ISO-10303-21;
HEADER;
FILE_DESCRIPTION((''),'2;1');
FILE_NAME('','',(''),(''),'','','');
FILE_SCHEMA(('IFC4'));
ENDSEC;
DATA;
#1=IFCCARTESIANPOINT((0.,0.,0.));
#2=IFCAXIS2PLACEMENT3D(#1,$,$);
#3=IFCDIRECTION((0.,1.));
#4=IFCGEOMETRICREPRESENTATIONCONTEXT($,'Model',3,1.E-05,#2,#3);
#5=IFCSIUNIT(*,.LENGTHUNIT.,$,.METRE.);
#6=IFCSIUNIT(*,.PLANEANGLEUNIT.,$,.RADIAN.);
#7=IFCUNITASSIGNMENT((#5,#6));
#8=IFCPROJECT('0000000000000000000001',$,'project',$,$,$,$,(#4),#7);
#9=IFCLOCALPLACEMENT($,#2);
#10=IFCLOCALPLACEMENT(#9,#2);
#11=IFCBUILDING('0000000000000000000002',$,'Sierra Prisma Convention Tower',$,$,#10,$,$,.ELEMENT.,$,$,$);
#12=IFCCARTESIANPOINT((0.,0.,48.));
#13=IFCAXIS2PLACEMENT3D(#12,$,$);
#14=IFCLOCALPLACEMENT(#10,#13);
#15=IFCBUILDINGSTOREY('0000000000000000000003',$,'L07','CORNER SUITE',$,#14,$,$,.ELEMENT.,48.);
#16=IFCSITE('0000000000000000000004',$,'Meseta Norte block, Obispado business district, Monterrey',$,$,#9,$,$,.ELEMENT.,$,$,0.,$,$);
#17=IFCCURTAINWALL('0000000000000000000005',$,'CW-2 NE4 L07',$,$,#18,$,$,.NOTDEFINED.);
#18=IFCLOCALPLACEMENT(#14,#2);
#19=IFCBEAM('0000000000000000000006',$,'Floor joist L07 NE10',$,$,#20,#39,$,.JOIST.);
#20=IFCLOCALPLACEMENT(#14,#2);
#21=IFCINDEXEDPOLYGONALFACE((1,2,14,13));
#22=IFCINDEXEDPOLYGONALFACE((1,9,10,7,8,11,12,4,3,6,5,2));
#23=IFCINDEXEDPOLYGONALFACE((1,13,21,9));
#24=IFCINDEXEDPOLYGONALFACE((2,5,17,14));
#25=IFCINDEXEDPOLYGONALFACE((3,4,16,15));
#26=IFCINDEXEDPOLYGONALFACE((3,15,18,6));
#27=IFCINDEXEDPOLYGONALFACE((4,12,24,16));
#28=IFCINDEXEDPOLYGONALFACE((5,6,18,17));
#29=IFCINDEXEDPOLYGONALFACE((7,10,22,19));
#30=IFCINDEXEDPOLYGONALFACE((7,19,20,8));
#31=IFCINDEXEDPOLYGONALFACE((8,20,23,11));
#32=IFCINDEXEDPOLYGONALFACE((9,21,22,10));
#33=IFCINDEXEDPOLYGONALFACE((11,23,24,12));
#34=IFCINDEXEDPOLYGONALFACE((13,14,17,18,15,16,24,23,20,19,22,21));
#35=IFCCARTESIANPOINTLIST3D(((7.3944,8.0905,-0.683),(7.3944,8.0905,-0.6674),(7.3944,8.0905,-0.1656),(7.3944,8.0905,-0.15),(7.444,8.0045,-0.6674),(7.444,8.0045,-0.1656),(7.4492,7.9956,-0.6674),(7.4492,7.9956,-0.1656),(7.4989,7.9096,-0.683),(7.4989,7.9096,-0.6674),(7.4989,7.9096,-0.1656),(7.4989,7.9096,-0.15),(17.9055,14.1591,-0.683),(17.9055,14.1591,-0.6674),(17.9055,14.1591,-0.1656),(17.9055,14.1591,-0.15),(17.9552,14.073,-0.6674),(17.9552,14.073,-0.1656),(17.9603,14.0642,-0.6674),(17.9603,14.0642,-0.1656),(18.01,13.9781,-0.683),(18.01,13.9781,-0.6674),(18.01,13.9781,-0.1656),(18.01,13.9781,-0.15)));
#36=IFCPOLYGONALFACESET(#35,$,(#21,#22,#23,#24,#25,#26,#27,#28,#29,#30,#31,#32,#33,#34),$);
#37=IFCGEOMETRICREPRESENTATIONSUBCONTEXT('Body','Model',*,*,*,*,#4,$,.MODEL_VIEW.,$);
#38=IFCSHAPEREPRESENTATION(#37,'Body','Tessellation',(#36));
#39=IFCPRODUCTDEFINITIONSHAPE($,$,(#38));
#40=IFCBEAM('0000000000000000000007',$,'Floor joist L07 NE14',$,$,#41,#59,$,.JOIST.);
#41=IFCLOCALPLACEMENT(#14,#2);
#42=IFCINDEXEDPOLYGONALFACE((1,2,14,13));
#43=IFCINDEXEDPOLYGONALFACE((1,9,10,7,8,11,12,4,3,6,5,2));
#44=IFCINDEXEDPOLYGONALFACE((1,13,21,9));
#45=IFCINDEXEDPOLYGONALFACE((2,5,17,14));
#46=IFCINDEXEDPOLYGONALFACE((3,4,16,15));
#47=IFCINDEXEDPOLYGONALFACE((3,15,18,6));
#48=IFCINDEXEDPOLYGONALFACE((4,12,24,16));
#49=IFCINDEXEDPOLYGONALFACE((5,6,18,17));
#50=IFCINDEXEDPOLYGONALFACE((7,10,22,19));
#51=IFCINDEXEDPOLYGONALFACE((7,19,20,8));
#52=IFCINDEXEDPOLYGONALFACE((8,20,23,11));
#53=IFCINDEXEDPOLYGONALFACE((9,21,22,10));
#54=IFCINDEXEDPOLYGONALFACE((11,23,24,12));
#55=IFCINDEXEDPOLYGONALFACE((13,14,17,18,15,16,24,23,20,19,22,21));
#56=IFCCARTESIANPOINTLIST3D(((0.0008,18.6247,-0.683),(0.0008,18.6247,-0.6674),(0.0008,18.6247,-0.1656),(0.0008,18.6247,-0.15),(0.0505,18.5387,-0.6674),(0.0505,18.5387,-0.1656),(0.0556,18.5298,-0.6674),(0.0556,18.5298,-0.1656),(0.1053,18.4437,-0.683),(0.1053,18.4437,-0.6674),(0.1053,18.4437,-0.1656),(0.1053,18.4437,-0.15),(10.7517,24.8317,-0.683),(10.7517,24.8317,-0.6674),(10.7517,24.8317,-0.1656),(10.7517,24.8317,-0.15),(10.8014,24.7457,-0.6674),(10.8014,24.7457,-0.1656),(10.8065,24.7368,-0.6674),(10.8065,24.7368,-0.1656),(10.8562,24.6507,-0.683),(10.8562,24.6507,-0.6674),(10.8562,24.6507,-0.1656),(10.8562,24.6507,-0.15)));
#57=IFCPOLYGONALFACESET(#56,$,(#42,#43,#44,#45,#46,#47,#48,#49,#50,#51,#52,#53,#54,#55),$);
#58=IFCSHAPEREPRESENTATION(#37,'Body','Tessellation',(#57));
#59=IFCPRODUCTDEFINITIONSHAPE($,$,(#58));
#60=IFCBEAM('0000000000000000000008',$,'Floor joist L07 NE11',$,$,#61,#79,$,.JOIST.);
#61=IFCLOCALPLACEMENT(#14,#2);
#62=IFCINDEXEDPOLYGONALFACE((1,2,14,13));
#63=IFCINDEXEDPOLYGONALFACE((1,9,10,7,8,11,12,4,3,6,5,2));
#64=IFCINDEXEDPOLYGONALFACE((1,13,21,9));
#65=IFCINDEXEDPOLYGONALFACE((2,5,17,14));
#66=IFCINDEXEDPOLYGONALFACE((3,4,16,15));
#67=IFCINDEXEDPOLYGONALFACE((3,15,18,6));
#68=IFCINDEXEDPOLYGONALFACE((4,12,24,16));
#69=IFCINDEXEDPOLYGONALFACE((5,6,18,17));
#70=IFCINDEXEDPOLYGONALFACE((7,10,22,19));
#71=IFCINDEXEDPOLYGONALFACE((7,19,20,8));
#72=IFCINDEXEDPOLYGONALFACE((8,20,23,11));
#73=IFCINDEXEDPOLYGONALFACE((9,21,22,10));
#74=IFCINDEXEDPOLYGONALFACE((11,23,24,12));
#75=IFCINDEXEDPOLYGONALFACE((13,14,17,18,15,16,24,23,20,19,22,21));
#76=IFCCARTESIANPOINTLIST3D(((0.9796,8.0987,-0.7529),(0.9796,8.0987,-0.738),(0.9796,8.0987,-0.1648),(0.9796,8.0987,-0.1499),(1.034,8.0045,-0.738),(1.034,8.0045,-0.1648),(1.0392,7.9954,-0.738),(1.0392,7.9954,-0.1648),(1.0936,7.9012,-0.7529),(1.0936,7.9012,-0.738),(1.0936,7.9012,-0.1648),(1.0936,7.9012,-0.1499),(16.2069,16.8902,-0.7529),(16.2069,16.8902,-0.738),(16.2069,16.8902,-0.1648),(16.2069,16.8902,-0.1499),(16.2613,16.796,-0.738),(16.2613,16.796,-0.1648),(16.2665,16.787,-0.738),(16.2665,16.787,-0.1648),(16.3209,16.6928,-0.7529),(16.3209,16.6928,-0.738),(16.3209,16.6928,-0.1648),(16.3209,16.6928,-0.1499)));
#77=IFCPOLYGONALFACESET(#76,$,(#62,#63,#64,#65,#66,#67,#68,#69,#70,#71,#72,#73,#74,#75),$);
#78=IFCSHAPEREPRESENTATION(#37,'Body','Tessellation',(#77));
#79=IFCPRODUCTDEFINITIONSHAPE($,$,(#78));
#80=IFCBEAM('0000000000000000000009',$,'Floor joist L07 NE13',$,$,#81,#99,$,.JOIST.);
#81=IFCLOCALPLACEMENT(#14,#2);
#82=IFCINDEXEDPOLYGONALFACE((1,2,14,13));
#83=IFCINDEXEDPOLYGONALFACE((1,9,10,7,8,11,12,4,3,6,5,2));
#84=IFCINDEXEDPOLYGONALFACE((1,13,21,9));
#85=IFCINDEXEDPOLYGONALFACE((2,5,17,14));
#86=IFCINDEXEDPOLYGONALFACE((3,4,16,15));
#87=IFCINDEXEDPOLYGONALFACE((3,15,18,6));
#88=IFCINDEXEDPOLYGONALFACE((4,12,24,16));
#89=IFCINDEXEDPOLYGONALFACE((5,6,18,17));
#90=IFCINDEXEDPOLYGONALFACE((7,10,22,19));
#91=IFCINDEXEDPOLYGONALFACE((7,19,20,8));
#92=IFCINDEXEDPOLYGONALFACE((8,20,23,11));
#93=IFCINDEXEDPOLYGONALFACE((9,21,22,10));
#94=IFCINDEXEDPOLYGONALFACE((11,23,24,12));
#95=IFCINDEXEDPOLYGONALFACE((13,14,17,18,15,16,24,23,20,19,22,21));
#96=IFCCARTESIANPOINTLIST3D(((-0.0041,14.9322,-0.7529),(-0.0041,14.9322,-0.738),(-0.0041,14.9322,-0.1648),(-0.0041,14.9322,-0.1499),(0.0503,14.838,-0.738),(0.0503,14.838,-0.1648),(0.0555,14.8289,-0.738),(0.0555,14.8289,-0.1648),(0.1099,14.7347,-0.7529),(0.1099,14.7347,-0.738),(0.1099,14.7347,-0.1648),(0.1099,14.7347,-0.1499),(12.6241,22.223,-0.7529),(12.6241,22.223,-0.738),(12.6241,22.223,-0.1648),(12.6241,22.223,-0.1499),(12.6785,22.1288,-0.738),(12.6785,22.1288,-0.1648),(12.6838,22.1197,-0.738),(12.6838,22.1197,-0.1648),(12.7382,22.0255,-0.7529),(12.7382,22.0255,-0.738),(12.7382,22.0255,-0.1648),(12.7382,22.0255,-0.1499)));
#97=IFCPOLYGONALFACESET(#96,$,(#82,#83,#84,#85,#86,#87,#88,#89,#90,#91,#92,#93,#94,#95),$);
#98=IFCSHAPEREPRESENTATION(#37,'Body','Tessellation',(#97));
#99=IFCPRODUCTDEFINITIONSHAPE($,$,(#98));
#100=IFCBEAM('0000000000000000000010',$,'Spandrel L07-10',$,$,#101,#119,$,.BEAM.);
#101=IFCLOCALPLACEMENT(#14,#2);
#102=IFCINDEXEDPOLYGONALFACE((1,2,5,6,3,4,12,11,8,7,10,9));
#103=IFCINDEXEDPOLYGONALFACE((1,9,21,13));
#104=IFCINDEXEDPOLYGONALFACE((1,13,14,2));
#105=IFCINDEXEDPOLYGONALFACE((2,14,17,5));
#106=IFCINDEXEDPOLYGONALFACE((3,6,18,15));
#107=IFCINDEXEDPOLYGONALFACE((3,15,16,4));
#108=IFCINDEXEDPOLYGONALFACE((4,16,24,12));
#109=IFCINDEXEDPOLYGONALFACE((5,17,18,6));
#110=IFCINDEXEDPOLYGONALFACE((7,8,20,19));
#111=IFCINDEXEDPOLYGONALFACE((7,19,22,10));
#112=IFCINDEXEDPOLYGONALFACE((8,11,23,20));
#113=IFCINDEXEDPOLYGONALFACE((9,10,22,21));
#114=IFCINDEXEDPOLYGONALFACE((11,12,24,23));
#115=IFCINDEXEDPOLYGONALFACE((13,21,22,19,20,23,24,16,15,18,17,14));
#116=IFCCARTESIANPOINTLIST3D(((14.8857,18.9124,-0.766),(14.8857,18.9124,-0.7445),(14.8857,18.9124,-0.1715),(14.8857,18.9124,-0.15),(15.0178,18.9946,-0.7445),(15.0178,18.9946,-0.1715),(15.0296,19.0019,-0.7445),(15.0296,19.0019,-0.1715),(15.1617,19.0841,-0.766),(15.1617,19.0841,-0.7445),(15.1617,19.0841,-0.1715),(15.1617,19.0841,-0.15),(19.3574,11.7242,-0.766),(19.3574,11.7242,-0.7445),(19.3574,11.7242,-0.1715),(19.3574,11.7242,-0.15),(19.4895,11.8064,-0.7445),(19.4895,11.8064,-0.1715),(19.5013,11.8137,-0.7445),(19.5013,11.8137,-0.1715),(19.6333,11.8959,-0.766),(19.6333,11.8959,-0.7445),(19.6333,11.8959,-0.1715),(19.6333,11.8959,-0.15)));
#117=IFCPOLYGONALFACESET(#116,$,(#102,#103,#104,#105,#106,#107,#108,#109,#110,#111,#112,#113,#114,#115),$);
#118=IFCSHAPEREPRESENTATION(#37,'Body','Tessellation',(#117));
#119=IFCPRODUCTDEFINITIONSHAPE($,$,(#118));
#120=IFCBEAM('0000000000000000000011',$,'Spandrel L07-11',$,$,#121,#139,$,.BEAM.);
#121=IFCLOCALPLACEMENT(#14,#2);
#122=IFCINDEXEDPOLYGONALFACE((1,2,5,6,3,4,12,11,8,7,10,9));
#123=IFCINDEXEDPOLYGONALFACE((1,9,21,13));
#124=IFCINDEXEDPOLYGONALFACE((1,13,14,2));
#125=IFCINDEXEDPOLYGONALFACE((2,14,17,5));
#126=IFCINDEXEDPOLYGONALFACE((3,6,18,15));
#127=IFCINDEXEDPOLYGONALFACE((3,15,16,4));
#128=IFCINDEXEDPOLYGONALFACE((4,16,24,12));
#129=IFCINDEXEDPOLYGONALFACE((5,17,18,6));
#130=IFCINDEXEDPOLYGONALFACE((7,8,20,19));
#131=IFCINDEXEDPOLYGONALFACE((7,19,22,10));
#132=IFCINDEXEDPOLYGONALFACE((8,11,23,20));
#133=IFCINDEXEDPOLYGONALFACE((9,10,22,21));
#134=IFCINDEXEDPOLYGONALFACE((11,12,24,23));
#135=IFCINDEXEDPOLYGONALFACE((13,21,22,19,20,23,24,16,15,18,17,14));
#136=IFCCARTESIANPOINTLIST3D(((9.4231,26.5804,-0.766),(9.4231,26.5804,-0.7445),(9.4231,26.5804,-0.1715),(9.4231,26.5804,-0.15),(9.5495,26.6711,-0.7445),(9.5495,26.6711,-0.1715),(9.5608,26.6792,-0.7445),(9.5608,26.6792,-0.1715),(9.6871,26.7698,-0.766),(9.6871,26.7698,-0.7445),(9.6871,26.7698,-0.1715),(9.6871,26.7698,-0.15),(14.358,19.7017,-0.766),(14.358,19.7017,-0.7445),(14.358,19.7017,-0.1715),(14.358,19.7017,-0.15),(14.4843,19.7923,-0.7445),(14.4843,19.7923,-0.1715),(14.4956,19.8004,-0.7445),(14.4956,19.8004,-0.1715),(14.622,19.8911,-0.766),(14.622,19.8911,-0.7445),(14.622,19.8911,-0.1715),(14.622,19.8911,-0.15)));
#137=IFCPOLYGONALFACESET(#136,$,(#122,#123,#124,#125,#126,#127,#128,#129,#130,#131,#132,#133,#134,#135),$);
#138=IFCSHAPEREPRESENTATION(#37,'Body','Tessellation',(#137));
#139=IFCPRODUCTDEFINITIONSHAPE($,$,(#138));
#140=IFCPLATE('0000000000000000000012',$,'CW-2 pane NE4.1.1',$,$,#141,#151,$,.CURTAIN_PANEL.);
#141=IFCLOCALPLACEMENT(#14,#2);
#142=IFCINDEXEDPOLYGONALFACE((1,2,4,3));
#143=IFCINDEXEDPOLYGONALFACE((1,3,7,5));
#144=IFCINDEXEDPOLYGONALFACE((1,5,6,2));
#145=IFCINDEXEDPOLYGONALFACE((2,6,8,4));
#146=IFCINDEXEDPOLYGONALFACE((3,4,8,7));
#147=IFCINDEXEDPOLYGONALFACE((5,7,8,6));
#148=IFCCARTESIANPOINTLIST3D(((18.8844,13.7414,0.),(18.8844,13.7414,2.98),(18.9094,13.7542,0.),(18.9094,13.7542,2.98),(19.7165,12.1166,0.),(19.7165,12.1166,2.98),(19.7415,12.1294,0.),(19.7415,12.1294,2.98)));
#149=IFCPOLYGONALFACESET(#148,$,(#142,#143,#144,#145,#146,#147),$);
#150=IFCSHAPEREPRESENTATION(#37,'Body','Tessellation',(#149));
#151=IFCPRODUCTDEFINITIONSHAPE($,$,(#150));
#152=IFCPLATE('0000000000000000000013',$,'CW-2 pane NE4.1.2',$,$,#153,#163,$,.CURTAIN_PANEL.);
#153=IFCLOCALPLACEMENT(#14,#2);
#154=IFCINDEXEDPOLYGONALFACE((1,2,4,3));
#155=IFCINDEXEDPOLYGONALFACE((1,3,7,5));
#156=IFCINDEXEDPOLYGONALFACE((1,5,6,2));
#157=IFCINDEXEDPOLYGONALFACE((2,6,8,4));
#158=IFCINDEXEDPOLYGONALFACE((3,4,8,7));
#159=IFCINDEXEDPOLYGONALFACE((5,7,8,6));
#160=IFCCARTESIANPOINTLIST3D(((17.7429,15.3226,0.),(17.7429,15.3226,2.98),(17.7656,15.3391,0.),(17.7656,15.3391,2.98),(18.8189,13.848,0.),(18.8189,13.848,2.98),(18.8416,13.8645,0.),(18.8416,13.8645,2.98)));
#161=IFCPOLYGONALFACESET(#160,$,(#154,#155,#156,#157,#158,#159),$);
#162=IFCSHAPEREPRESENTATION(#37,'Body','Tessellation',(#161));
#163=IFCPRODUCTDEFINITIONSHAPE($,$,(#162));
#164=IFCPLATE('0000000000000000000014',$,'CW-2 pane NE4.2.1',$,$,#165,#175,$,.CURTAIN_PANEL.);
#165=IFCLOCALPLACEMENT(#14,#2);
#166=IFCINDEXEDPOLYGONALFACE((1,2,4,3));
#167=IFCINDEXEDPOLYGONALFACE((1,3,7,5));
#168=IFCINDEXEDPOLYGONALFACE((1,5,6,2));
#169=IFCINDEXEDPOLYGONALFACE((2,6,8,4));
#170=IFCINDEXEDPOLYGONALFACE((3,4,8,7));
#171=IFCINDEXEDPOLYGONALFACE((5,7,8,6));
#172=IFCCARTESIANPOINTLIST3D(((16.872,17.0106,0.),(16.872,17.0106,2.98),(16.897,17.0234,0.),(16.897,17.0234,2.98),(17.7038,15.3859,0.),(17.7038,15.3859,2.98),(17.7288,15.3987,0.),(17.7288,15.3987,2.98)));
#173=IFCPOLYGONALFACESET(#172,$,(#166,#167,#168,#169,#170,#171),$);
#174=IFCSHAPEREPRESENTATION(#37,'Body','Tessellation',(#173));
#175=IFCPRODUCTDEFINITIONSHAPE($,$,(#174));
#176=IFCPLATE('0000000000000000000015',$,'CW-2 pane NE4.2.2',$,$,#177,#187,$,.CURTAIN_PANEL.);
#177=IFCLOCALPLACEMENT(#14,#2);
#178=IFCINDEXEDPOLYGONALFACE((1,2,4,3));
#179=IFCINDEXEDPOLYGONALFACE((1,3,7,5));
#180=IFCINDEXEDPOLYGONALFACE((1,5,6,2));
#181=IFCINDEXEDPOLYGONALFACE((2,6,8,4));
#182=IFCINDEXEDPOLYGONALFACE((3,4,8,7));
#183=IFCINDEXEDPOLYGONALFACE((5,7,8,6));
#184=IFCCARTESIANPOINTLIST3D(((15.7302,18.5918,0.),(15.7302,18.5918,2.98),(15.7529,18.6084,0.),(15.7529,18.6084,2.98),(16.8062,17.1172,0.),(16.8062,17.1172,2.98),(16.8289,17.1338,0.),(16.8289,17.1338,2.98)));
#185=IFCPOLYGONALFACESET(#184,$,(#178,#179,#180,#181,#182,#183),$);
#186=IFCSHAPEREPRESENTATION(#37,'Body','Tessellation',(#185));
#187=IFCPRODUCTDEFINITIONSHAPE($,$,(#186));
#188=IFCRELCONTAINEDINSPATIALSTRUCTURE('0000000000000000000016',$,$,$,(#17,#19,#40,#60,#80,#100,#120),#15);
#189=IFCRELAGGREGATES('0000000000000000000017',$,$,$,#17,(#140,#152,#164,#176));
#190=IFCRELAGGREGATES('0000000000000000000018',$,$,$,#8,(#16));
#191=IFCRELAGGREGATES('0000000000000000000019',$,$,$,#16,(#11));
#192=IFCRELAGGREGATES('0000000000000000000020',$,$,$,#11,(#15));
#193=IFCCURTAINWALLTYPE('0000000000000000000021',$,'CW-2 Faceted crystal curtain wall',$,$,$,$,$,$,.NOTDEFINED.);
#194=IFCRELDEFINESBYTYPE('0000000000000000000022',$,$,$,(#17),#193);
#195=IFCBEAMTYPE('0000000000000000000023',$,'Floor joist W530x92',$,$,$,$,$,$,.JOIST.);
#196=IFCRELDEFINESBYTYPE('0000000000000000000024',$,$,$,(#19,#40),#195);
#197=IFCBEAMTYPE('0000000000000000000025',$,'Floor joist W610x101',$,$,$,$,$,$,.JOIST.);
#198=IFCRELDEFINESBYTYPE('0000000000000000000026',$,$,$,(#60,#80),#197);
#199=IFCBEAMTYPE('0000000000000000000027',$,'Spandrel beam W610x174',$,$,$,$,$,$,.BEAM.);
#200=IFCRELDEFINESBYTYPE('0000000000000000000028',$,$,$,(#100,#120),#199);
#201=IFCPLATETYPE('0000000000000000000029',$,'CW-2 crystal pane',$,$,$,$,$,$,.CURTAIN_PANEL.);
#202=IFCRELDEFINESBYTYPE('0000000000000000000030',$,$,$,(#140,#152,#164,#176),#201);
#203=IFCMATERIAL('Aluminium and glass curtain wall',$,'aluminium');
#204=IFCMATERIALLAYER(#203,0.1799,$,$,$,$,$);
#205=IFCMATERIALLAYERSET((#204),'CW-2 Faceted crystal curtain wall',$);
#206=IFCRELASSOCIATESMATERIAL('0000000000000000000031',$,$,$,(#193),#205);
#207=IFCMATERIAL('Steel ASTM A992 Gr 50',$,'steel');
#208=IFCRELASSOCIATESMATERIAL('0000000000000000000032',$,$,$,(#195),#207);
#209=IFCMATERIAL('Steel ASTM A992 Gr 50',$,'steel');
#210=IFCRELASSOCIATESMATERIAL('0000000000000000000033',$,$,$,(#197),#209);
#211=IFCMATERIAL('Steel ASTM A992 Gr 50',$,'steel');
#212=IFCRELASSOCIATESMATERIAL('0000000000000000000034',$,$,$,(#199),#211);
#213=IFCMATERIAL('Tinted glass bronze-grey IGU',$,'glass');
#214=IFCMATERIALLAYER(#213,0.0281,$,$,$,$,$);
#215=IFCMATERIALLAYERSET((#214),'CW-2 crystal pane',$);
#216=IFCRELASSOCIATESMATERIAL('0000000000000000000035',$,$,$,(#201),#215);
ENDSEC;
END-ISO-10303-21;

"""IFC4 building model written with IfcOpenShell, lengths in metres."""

from ifc_helpers import new_model, si_unit, direction, frame, origin, origin_2d, place, context, subcontext, project, spatial, polyline, i_section, outline, extrude, material, layer, layer_set, material_profile, profile_set, type_object, element, aggregate, save


model = new_model("IFC4")

# Units and contexts
model_context = context("Model", 3, precision=1e-05, world=origin(), true_north=direction((0.0, 1.0)))
body_context = subcontext(model_context, "Body", "Model", "MODEL_VIEW")
ifc_project = project(units=[si_unit("LENGTHUNIT", "METRE"), si_unit("PLANEANGLEUNIT", "RADIAN")], contexts=[model_context])

# Site, building, storey
site_placement = place(None, origin())
site = spatial("IfcSite", under=ifc_project, at=site_placement, Name="Meseta Norte block, Obispado business district, Monterrey", CompositionType="ELEMENT", RefElevation=0.0)
building_placement = place(site_placement, origin())
building = spatial("IfcBuilding", under=site, at=building_placement, Name="Sierra Prisma Convention Tower", CompositionType="ELEMENT")
storey_placement = place(building_placement, frame((0.0, 0.0, 48.0)))
storey = spatial("IfcBuildingStorey", under=building, at=storey_placement, Name="L07", Description="CORNER SUITE", CompositionType="ELEMENT", Elevation=48.0)

# Curtain wall
ifc_material_1 = material(Name="Aluminium and glass curtain wall", Category="aluminium")
ifc_layer_1 = layer(ifc_material_1, 0.1799)
ifc_layer_set_1 = layer_set([ifc_layer_1], Name="CW-2 Faceted crystal curtain wall")
curtain_wall_type = type_object("IfcCurtainWallType", Name="CW-2 Faceted crystal curtain wall", PredefinedType="NOTDEFINED", material=ifc_layer_set_1)
curtain_wall_1_placement = place(storey_placement, origin())
curtain_wall_1 = element("IfcCurtainWall", 1, at=curtain_wall_1_placement, inside=storey, type_object=curtain_wall_type, Name="CW-2 NE4 L07", PredefinedType="NOTDEFINED")

# Beams
ifc_material_2 = material(Name="Steel ASTM A992 Gr 50", Category="steel")
ifc_material_profile_1 = material_profile(ifc_material_2, i_section(OverallWidth=0.209, OverallDepth=0.533, WebThickness=0.0103, FlangeThickness=0.0156, at=origin_2d()), Name="W530x92")
ifc_profile_set_1 = profile_set([ifc_material_profile_1], Name="Steel ASTM A992 Gr 50")
beam_type_1 = type_object("IfcBeamType", Name="Floor joist W530x92", PredefinedType="JOIST", material=ifc_profile_set_1)
beam_1_placement = place(storey_placement, frame((17.9578, 14.0686, -0.4165), z_axis=(-0.866027, -0.499996, 0.0), x_axis=(0.499996, -0.866027, 0.0)))
element("IfcBeam", 2, at=beam_1_placement, inside=storey, type_object=beam_type_1, Name="Floor joist L07 NE10", PredefinedType="JOIST", context=body_context, shape_type="SweptSolid", body=[
    extrude(i_section(OverallWidth=0.209, OverallDepth=0.533, WebThickness=0.0103, FlangeThickness=0.0156, at=origin_2d()), origin(), (0.0, 0.0, 1.0), 12.1372),
])
beam_2_placement = place(storey_placement, frame((10.804, 24.7412, -0.4165), z_axis=(-0.866027, -0.499997, 0.0), x_axis=(0.499997, -0.866027, 0.0)))
element("IfcBeam", 3, at=beam_2_placement, inside=storey, type_object=beam_type_1, Name="Floor joist L07 NE14", PredefinedType="JOIST", context=body_context, shape_type="SweptSolid", body=[
    extrude(i_section(OverallWidth=0.209, OverallDepth=0.533, WebThickness=0.0103, FlangeThickness=0.0156, at=origin_2d()), origin(), (0.0, 0.0, 1.0), 12.4141),
])
ifc_material_3 = material(Name="Steel ASTM A992 Gr 50", Category="steel")
ifc_material_profile_2 = material_profile(ifc_material_3, i_section(OverallWidth=0.228, OverallDepth=0.603, WebThickness=0.0105, FlangeThickness=0.0149, at=origin_2d()), Name="W610x101")
ifc_profile_set_2 = profile_set([ifc_material_profile_2], Name="Steel ASTM A992 Gr 50")
beam_type_2 = type_object("IfcBeamType", Name="Floor joist W610x101", PredefinedType="JOIST", material=ifc_profile_set_2)
beam_3_placement = place(storey_placement, frame((16.2639, 16.7915, -0.4514), z_axis=(-0.866025, -0.500001, 0.0), x_axis=(0.500001, -0.866025, 0.0)))
element("IfcBeam", 4, at=beam_3_placement, inside=storey, type_object=beam_type_2, Name="Floor joist L07 NE11", PredefinedType="JOIST", context=body_context, shape_type="SweptSolid", body=[
    extrude(i_section(OverallWidth=0.228, OverallDepth=0.603, WebThickness=0.0105, FlangeThickness=0.0149, at=origin_2d()), origin(), (0.0, 0.0, 1.0), 17.583),
])
beam_4_placement = place(storey_placement, frame((12.6812, 22.1243, -0.4514), z_axis=(-0.866029, -0.499994, 0.0), x_axis=(0.499994, -0.866029, 0.0)))
element("IfcBeam", 5, at=beam_4_placement, inside=storey, type_object=beam_type_2, Name="Floor joist L07 NE13", PredefinedType="JOIST", context=body_context, shape_type="SweptSolid", body=[
    extrude(i_section(OverallWidth=0.228, OverallDepth=0.603, WebThickness=0.0105, FlangeThickness=0.0149, at=origin_2d()), origin(), (0.0, 0.0, 1.0), 14.5818),
])
ifc_material_4 = material(Name="Steel ASTM A992 Gr 50", Category="steel")
ifc_material_profile_3 = material_profile(ifc_material_4, i_section(OverallWidth=0.325, OverallDepth=0.616, WebThickness=0.0139, FlangeThickness=0.0215, at=origin_2d()), Name="W610x174")
ifc_profile_set_3 = profile_set([ifc_material_profile_3], Name="Steel ASTM A992 Gr 50")
beam_type_3 = type_object("IfcBeamType", Name="Spandrel beam W610x174", PredefinedType="BEAM", material=ifc_profile_set_3)
beam_5_placement = place(storey_placement, frame((19.4954, 11.8101, -0.458), z_axis=(-0.528217, 0.849109, 0.0), x_axis=(-0.849109, -0.528217, 0.0)))
element("IfcBeam", 6, at=beam_5_placement, inside=storey, type_object=beam_type_3, Name="Spandrel L07-10", PredefinedType="BEAM", context=body_context, shape_type="SweptSolid", body=[
    extrude(i_section(OverallWidth=0.325, OverallDepth=0.616, WebThickness=0.0139, FlangeThickness=0.0215, at=origin_2d()), origin(), (0.0, 0.0, 1.0), 8.4656),
])
beam_6_placement = place(storey_placement, frame((14.49, 19.7964, -0.458), z_axis=(-0.582917, 0.812531, 0.0), x_axis=(-0.812531, -0.582917, 0.0)))
element("IfcBeam", 7, at=beam_6_placement, inside=storey, type_object=beam_type_3, Name="Spandrel L07-11", PredefinedType="BEAM", context=body_context, shape_type="SweptSolid", body=[
    extrude(i_section(OverallWidth=0.325, OverallDepth=0.616, WebThickness=0.0139, FlangeThickness=0.0215, at=origin_2d()), origin(), (0.0, 0.0, 1.0), 8.4658),
])

# Plates
ifc_material_5 = material(Name="Tinted glass bronze-grey IGU", Category="glass")
ifc_layer_2 = layer(ifc_material_5, 0.0281)
ifc_layer_set_2 = layer_set([ifc_layer_2], Name="CW-2 crystal pane")
plate_type = type_object("IfcPlateType", Name="CW-2 crystal pane", PredefinedType="CURTAIN_PANEL", material=ifc_layer_set_2)
plate_1_placement = place(storey_placement, frame((19.7415, 12.1294, 0.0), z_axis=(0.890079, 0.455806, 0.0), x_axis=(-0.455806, 0.890079, 0.0)))
plate_1 = element("IfcPlate", 8, at=plate_1_placement, type_object=plate_type, Name="CW-2 pane NE4.1.1", PredefinedType="CURTAIN_PANEL", context=body_context, shape_type="SweptSolid", body=[
    extrude(outline(polyline([(0.0, 0.0), (1.8254, 0.0), (1.8254, 2.98), (0.0, 2.98), (0.0, 0.0)])), origin(), (0.0, 0.0, -1.0), 0.0281),
])
plate_2_placement = place(storey_placement, frame((17.7656, 15.3391, 0.0), z_axis=(0.807827, 0.58942, 0.0), x_axis=(0.58942, -0.807827, 0.0)))
plate_2 = element("IfcPlate", 9, at=plate_2_placement, type_object=plate_type, Name="CW-2 pane NE4.1.2", PredefinedType="CURTAIN_PANEL", context=body_context, shape_type="SweptSolid", body=[
    extrude(outline(polyline([(0.0, 0.0), (1.8254, 0.0), (1.8254, -2.98), (0.0, -2.98), (0.0, 0.0)])), origin(), (0.0, 0.0, -1.0), 0.0281),
])
plate_3_placement = place(storey_placement, frame((17.7288, 15.3987, 0.0), z_axis=(0.890133, 0.4557, 0.0), x_axis=(-0.4557, 0.890133, 0.0)))
plate_3 = element("IfcPlate", 10, at=plate_3_placement, type_object=plate_type, Name="CW-2 pane NE4.2.1", PredefinedType="CURTAIN_PANEL", context=body_context, shape_type="SweptSolid", body=[
    extrude(outline(polyline([(0.0, 0.0), (1.8253, 0.0), (1.8253, 2.98), (0.0, 2.98), (0.0, 0.0)])), origin(), (0.0, 0.0, -1.0), 0.0281),
])
plate_4_placement = place(storey_placement, frame((15.7529, 18.6084, 0.0), z_axis=(0.807827, 0.58942, 0.0), x_axis=(0.58942, -0.807827, 0.0)))
plate_4 = element("IfcPlate", 11, at=plate_4_placement, type_object=plate_type, Name="CW-2 pane NE4.2.2", PredefinedType="CURTAIN_PANEL", context=body_context, shape_type="SweptSolid", body=[
    extrude(outline(polyline([(0.0, 0.0), (1.8254, 0.0), (1.8254, -2.98), (0.0, -2.98), (0.0, 0.0)])), origin(), (0.0, 0.0, -1.0), 0.0281),
])
aggregate(curtain_wall_1, [plate_1, plate_2, plate_3, plate_4])

save(model, "model.ifc")
